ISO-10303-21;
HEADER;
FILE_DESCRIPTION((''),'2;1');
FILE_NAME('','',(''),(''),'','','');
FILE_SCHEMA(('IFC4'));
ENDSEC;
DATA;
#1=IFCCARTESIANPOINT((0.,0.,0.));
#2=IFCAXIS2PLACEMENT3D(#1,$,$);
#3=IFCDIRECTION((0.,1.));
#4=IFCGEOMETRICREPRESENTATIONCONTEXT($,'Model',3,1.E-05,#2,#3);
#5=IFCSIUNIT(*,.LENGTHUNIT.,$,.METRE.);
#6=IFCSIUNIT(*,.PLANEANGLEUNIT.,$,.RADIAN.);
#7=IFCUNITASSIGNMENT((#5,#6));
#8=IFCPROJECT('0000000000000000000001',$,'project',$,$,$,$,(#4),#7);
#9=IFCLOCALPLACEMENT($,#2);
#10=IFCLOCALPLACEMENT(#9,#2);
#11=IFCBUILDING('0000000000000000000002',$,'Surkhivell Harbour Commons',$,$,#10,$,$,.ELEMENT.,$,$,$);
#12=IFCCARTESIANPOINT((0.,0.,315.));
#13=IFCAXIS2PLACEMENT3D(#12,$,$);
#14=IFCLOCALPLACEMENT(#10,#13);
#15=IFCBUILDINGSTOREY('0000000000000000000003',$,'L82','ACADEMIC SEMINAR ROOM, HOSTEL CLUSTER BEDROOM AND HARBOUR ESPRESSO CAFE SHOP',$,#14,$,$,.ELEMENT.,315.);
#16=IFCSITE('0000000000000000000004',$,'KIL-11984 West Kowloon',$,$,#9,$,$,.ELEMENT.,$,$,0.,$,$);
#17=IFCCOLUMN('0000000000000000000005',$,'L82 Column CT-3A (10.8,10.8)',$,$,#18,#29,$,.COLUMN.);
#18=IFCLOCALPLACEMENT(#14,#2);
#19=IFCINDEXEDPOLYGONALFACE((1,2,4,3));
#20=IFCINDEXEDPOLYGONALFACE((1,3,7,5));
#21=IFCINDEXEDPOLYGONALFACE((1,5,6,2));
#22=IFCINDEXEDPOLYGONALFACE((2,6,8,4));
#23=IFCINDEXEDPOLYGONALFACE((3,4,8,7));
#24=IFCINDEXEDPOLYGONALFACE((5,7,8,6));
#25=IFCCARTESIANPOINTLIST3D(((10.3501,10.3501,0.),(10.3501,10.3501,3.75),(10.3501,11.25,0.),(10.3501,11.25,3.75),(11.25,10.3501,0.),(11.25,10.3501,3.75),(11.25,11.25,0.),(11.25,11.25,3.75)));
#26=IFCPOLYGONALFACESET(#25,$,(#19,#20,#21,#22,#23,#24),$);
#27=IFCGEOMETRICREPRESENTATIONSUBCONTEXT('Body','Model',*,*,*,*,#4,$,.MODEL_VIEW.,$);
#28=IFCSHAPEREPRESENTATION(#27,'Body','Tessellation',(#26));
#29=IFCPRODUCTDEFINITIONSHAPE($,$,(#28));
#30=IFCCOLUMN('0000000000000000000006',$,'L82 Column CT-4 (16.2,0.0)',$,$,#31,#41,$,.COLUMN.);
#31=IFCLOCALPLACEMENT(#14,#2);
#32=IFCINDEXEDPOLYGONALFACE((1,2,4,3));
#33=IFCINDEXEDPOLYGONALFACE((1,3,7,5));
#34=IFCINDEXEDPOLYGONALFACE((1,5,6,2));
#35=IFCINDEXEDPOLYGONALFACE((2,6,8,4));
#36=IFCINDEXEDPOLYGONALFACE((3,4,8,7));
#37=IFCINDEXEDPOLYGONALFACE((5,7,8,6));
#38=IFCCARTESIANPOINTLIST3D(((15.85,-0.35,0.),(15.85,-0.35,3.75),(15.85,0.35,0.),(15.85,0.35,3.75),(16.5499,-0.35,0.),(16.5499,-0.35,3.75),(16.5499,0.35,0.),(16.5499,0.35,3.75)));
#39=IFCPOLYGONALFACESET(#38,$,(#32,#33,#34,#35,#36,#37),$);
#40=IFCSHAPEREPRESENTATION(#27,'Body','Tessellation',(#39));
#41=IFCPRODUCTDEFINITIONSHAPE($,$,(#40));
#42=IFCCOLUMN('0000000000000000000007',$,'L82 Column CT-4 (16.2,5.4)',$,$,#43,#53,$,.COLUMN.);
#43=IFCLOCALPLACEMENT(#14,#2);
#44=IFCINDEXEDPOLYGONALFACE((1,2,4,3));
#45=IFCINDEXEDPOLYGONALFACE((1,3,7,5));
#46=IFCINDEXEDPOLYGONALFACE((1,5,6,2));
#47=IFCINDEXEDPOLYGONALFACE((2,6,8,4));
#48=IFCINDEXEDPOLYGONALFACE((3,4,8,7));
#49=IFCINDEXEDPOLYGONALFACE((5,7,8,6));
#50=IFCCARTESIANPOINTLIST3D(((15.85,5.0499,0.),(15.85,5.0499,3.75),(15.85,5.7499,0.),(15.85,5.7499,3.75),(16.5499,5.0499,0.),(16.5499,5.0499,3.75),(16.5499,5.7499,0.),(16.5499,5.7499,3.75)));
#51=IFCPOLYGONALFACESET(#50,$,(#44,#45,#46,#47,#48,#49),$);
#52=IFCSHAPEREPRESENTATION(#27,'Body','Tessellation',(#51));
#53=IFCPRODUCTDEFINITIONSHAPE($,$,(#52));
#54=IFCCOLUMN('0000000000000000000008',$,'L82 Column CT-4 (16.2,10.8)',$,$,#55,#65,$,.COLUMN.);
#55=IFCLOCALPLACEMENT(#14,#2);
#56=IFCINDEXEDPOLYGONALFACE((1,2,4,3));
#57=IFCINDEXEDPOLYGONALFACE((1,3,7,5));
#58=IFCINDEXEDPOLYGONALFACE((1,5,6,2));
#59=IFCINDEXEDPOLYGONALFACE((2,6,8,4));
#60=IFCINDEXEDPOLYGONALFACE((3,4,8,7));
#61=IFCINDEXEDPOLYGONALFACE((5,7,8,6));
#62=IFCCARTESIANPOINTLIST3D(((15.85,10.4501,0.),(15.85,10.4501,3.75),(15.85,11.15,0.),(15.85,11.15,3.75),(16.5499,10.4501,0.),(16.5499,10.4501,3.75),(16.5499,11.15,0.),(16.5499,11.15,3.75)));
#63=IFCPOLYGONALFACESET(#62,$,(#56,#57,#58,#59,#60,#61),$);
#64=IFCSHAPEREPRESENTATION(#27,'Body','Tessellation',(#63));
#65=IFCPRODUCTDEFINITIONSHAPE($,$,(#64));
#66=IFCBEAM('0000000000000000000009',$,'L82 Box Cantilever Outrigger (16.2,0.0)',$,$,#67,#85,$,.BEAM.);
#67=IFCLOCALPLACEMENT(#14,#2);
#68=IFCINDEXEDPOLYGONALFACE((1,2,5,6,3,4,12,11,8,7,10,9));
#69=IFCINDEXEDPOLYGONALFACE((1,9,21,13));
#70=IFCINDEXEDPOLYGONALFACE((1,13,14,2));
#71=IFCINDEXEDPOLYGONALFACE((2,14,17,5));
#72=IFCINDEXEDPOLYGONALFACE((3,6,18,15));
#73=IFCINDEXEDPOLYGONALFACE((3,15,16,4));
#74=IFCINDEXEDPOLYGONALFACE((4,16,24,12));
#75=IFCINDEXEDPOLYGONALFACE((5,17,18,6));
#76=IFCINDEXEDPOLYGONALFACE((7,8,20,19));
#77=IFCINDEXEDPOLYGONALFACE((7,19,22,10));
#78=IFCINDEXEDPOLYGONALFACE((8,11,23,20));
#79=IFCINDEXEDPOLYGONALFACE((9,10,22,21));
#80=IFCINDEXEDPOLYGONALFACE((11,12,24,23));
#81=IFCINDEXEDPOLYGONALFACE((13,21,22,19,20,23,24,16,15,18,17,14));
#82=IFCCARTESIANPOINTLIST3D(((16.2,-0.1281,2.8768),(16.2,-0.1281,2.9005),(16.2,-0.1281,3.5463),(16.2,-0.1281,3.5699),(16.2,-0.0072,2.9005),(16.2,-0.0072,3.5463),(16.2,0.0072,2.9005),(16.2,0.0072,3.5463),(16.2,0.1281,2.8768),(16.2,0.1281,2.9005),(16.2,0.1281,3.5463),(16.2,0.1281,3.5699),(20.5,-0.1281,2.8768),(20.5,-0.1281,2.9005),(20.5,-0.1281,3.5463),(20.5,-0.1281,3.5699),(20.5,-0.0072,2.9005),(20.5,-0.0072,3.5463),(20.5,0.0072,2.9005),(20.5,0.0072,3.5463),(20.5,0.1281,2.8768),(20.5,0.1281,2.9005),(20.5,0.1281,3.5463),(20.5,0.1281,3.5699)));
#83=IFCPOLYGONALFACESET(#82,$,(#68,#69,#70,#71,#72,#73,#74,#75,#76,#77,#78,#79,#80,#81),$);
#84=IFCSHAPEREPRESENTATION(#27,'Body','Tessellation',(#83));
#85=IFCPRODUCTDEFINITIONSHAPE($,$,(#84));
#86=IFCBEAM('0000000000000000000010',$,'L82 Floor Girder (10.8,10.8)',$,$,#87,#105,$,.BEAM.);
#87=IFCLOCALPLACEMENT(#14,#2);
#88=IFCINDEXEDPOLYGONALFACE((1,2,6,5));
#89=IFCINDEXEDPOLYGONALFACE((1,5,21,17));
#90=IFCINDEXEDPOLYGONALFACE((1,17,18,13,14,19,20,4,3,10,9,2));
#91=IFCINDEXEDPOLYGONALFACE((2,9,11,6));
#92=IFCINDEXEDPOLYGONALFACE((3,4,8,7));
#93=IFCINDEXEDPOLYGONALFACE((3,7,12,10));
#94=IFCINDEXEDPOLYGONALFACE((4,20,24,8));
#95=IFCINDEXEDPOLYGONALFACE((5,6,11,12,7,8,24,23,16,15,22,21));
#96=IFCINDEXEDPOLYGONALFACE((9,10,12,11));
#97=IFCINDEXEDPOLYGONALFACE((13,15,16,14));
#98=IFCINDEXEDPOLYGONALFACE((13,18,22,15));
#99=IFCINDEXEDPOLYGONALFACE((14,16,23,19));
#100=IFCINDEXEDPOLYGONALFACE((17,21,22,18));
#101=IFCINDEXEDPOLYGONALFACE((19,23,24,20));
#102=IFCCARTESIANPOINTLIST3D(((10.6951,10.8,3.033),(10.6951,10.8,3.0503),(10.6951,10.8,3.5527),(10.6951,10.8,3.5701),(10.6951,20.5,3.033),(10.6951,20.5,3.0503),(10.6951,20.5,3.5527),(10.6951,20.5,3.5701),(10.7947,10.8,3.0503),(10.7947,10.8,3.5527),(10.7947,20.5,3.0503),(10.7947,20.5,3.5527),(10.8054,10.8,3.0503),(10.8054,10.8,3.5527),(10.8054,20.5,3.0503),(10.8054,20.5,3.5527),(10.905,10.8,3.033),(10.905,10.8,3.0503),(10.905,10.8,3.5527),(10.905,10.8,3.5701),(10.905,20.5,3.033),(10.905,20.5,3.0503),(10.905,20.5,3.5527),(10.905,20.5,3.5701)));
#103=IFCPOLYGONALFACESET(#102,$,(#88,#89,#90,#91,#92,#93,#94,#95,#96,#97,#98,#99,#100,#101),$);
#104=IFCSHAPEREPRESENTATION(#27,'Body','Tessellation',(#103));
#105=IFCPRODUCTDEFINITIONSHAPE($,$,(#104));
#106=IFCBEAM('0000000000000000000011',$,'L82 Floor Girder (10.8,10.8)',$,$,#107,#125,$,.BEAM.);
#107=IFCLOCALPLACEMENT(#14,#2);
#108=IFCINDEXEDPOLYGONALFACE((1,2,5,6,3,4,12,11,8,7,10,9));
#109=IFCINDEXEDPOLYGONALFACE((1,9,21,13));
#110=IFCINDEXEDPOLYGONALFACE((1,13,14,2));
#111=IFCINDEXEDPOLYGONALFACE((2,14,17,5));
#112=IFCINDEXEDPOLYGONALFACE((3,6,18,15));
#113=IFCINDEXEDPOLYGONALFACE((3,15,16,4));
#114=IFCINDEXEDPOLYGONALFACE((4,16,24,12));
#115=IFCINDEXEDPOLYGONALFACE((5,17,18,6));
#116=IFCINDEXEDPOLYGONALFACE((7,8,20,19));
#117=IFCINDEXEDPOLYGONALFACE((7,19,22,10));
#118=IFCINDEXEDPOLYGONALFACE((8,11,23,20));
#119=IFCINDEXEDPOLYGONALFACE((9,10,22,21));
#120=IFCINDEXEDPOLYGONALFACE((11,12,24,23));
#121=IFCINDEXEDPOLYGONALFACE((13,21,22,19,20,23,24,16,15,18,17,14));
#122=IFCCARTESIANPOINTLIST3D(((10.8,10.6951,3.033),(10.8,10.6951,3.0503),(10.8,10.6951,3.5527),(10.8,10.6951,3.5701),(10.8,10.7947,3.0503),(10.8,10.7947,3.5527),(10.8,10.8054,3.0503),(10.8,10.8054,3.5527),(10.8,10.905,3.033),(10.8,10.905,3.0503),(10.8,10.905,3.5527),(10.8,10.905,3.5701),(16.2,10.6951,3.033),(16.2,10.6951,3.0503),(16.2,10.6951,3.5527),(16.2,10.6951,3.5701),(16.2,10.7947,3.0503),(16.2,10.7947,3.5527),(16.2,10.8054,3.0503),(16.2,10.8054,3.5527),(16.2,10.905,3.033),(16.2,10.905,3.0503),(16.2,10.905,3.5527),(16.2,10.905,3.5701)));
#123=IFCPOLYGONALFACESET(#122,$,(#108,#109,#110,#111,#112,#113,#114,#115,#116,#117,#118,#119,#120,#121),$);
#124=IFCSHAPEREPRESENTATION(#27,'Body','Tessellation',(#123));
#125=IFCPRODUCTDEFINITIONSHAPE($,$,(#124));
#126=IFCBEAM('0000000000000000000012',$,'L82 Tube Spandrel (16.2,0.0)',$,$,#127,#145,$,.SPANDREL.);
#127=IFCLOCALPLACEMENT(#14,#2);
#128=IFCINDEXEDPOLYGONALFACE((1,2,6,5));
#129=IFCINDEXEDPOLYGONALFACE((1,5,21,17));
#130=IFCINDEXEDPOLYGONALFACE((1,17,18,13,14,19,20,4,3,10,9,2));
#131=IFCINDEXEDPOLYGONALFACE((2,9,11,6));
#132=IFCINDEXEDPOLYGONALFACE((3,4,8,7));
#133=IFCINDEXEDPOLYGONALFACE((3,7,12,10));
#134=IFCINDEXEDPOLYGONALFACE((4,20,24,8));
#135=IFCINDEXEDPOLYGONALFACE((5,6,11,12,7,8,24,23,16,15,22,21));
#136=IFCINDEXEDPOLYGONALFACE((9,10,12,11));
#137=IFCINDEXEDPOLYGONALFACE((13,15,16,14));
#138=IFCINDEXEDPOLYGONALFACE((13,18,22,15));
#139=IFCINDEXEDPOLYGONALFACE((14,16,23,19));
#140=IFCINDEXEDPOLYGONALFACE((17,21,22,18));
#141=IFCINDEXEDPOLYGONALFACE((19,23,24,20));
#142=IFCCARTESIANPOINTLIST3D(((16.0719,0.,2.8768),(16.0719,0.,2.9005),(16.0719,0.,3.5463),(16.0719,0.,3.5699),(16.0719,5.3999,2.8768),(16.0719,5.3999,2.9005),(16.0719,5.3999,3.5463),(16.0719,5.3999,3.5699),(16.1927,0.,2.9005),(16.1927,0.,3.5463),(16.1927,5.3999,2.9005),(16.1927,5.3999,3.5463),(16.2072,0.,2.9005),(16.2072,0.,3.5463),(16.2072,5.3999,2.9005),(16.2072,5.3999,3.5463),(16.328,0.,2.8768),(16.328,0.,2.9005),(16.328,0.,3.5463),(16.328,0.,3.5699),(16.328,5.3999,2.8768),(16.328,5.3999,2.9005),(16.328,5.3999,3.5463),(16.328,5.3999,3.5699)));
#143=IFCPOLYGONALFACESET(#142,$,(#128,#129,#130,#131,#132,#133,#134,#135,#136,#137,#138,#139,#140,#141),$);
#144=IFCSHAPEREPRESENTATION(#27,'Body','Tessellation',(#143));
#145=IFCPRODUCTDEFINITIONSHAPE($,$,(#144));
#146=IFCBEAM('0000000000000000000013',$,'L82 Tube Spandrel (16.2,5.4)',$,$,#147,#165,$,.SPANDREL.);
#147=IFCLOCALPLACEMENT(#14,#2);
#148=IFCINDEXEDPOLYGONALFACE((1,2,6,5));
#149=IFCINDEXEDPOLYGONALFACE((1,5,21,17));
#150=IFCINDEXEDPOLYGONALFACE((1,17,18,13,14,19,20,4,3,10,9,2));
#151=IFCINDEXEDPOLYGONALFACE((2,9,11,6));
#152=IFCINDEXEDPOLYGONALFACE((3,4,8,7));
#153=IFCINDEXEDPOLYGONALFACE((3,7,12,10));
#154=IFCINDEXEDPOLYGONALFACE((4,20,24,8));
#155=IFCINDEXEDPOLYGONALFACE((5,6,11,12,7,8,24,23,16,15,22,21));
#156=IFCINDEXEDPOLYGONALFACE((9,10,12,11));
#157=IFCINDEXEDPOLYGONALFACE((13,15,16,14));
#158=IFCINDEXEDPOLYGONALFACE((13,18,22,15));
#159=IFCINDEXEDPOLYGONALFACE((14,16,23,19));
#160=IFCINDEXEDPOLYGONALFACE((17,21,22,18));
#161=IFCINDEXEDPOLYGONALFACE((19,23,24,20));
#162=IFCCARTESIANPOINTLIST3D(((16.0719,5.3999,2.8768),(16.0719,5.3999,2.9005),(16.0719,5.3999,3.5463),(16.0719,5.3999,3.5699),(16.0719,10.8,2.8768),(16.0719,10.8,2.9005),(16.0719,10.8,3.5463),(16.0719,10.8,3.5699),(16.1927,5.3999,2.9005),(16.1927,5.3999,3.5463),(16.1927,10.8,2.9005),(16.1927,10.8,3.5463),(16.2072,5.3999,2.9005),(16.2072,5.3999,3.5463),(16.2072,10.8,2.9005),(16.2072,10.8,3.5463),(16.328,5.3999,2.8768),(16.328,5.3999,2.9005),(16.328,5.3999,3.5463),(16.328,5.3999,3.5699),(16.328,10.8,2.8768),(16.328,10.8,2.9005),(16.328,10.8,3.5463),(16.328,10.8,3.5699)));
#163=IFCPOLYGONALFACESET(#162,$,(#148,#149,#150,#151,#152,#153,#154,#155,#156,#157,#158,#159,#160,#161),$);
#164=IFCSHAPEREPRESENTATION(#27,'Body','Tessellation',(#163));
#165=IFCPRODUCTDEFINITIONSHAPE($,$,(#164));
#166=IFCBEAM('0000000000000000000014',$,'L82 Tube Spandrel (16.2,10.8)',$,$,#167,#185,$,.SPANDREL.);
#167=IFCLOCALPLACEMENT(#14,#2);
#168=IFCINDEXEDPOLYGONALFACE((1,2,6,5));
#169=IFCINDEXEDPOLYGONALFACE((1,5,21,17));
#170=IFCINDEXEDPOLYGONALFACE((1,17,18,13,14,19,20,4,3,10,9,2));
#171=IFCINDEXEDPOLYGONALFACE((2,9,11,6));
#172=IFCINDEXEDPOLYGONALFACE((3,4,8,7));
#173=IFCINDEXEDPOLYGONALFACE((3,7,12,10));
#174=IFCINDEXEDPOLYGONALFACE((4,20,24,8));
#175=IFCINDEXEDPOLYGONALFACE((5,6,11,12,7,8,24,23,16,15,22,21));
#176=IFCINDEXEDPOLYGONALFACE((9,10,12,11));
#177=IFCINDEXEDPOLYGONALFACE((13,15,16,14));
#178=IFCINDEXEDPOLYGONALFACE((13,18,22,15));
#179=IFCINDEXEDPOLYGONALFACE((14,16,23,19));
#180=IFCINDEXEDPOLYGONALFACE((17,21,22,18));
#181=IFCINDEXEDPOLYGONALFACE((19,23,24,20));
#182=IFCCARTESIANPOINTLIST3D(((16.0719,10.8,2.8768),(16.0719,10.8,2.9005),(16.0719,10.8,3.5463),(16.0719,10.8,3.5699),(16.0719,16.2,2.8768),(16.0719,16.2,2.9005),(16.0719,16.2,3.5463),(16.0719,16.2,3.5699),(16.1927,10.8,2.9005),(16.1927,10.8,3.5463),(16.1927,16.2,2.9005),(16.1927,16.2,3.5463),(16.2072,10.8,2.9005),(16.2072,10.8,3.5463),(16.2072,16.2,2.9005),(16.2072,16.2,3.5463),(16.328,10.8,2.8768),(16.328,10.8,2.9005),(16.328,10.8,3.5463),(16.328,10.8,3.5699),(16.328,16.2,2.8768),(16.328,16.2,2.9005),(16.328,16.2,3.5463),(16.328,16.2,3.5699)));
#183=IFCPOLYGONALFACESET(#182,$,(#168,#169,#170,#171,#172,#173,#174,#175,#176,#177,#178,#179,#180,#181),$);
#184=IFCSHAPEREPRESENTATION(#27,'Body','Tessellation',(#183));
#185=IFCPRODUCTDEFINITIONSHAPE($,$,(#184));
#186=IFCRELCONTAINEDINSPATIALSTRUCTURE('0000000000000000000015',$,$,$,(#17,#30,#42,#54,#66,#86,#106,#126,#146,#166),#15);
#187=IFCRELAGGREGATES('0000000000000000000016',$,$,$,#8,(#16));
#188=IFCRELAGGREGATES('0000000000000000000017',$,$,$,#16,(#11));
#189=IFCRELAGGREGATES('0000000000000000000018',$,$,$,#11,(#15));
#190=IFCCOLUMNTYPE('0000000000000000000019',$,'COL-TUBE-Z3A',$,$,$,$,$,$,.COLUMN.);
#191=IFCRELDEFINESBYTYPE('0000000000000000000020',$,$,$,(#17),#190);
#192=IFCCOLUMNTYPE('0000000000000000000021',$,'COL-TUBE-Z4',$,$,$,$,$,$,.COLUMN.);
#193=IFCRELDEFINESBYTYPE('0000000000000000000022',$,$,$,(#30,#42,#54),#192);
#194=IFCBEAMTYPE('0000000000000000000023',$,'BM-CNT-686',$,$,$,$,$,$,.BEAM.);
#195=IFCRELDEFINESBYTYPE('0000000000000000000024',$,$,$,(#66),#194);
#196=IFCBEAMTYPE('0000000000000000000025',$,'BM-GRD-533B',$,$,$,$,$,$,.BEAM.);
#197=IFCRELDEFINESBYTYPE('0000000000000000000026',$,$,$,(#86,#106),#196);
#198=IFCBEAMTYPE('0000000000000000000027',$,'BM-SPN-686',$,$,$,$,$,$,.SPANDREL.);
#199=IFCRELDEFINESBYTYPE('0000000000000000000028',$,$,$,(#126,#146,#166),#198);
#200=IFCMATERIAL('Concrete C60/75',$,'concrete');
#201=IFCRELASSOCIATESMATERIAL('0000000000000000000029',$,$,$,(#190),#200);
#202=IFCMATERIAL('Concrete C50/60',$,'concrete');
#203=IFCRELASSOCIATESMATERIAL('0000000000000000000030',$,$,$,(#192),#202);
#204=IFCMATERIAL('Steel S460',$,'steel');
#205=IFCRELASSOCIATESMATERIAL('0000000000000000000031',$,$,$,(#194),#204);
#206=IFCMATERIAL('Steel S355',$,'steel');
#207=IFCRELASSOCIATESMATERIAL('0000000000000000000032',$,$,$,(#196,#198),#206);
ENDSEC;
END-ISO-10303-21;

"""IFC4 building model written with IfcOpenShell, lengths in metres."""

from ifc_helpers import new_model, si_unit, direction, frame, origin, origin_2d, place, context, subcontext, project, spatial, rectangle, i_section, extrude, material, material_profile, profile_set, type_object, element, save


model = new_model("IFC4")

# Units and contexts
model_context = context("Model", 3, precision=1e-05, world=origin(), true_north=direction((0.0, 1.0)))
body_context = subcontext(model_context, "Body", "Model", "MODEL_VIEW")
ifc_project = project(units=[si_unit("LENGTHUNIT", "METRE"), si_unit("PLANEANGLEUNIT", "RADIAN")], contexts=[model_context])

# Site, building, storey
site_placement = place(None, origin())
site = spatial("IfcSite", under=ifc_project, at=site_placement, Name="KIL-11984 West Kowloon", CompositionType="ELEMENT", RefElevation=0.0)
building_placement = place(site_placement, origin())
building = spatial("IfcBuilding", under=site, at=building_placement, Name="Surkhivell Harbour Commons", CompositionType="ELEMENT")
storey_placement = place(building_placement, frame((0.0, 0.0, 315.0)))
storey = spatial("IfcBuildingStorey", under=building, at=storey_placement, Name="L82", Description="ACADEMIC SEMINAR ROOM, HOSTEL CLUSTER BEDROOM AND HARBOUR ESPRESSO CAFE SHOP", CompositionType="ELEMENT", Elevation=315.0)

# Columns
ifc_material_1 = material(Name="Concrete C60/75", Category="concrete")
ifc_material_profile_1 = material_profile(ifc_material_1, rectangle(XDim=0.8999, YDim=0.8999, at=origin_2d()), Name="RC-COL-900x900")
ifc_profile_set_1 = profile_set([ifc_material_profile_1], Name="Concrete C60/75")
column_type_1 = type_object("IfcColumnType", Name="COL-TUBE-Z3A", PredefinedType="COLUMN", material=ifc_profile_set_1)
column_placement = place(storey_placement, frame((10.8, 10.8, 0.0), z_axis=(0.0, 0.0, 1.0), x_axis=(1.0, 0.0, 0.0)))
element("IfcColumn", 1, at=column_placement, inside=storey, type_object=column_type_1, Name="L82 Column CT-3A (10.8,10.8)", PredefinedType="COLUMN", context=body_context, shape_type="SweptSolid", body=[
    extrude(rectangle(XDim=0.8999, YDim=0.8999, at=origin_2d()), origin(), (0.0, 0.0, 1.0), 3.75),
])
ifc_material_2 = material(Name="Concrete C50/60", Category="concrete")
ifc_material_profile_2 = material_profile(ifc_material_2, rectangle(XDim=0.7, YDim=0.7, at=origin_2d()), Name="RC-COL-700x700")
ifc_profile_set_2 = profile_set([ifc_material_profile_2], Name="Concrete C50/60")
column_type_2 = type_object("IfcColumnType", Name="COL-TUBE-Z4", PredefinedType="COLUMN", material=ifc_profile_set_2)
for number, where, z_axis, x_axis, name in (
    (2, (16.2, 0.0, 0.0), (0.0, 0.0, 1.0), (1.0, 0.0, 0.0), "L82 Column CT-4 (16.2,0.0)"),
    (3, (16.2, 5.3999, 0.0), (0.0, 0.0, 1.0), (1.0, 0.0, 0.0), "L82 Column CT-4 (16.2,5.4)"),
    (4, (16.2, 10.8, 0.0), (0.0, 0.0, 1.0), (1.0, 0.0, 0.0), "L82 Column CT-4 (16.2,10.8)"),
):
    element("IfcColumn", number, at=place(storey_placement, frame(where, z_axis=z_axis, x_axis=x_axis)), inside=storey, type_object=column_type_2, Name=name, PredefinedType="COLUMN", context=body_context, shape_type="SweptSolid", body=[
        extrude(rectangle(XDim=0.7, YDim=0.7, at=origin_2d()), origin(), (0.0, 0.0, 1.0), 3.75),
    ])

# Beams
ifc_material_3 = material(Name="Steel S460", Category="steel")
ifc_material_profile_3 = material_profile(ifc_material_3, i_section(OverallWidth=0.2561, OverallDepth=0.6931, WebThickness=0.0144, FlangeThickness=0.0237, at=origin_2d()), Name="UB686x254x170")
ifc_profile_set_3 = profile_set([ifc_material_profile_3], Name="Steel S460")
beam_type_1 = type_object("IfcBeamType", Name="BM-CNT-686", PredefinedType="BEAM", material=ifc_profile_set_3)
beam_1_placement = place(storey_placement, frame((16.2, 0.0, 3.2234), z_axis=(1.0, 0.0, 0.0), x_axis=(0.0, 1.0, 0.0)))
element("IfcBeam", 5, at=beam_1_placement, inside=storey, type_object=beam_type_1, Name="L82 Box Cantilever Outrigger (16.2,0.0)", PredefinedType="BEAM", context=body_context, shape_type="SweptSolid", body=[
    extrude(i_section(OverallWidth=0.2561, OverallDepth=0.6931, WebThickness=0.0144, FlangeThickness=0.0237, at=origin_2d()), origin(), (0.0, 0.0, 1.0), 4.3),
])
ifc_material_4 = material(Name="Steel S355", Category="steel")
ifc_material_profile_4 = material_profile(ifc_material_4, i_section(OverallWidth=0.21, OverallDepth=0.5371, WebThickness=0.0107, FlangeThickness=0.0173, at=origin_2d()), Name="UB533x210x101")
ifc_profile_set_4 = profile_set([ifc_material_profile_4], Name="Steel S355")
beam_type_2 = type_object("IfcBeamType", Name="BM-GRD-533B", PredefinedType="BEAM", material=ifc_profile_set_4)
beam_2_placement = place(storey_placement, frame((10.8, 10.8, 3.3015), z_axis=(0.0, 1.0, 0.0), x_axis=(-1.0, 0.0, 0.0)))
element("IfcBeam", 6, at=beam_2_placement, inside=storey, type_object=beam_type_2, Name="L82 Floor Girder (10.8,10.8)", PredefinedType="BEAM", context=body_context, shape_type="SweptSolid", body=[
    extrude(i_section(OverallWidth=0.21, OverallDepth=0.5371, WebThickness=0.0107, FlangeThickness=0.0173, at=origin_2d()), origin(), (0.0, 0.0, 1.0), 9.7),
])
beam_3_placement = place(storey_placement, frame((10.8, 10.8, 3.3015), z_axis=(1.0, 0.0, 0.0), x_axis=(0.0, 1.0, 0.0)))
element("IfcBeam", 7, at=beam_3_placement, inside=storey, type_object=beam_type_2, Name="L82 Floor Girder (10.8,10.8)", PredefinedType="BEAM", context=body_context, shape_type="SweptSolid", body=[
    extrude(i_section(OverallWidth=0.21, OverallDepth=0.5371, WebThickness=0.0107, FlangeThickness=0.0173, at=origin_2d()), origin(), (0.0, 0.0, 1.0), 5.3999),
])
ifc_material_profile_5 = material_profile(ifc_material_4, i_section(OverallWidth=0.2561, OverallDepth=0.6931, WebThickness=0.0144, FlangeThickness=0.0237, at=origin_2d()), Name="UB686x254x170")
ifc_profile_set_5 = profile_set([ifc_material_profile_5], Name="Steel S355")
beam_type_3 = type_object("IfcBeamType", Name="BM-SPN-686", PredefinedType="SPANDREL", material=ifc_profile_set_5)
beam_4_placement = place(storey_placement, frame((16.2, 0.0, 3.2234), z_axis=(0.0, 1.0, 0.0), x_axis=(-1.0, 0.0, 0.0)))
element("IfcBeam", 8, at=beam_4_placement, inside=storey, type_object=beam_type_3, Name="L82 Tube Spandrel (16.2,0.0)", PredefinedType="SPANDREL", context=body_context, shape_type="SweptSolid", body=[
    extrude(i_section(OverallWidth=0.2561, OverallDepth=0.6931, WebThickness=0.0144, FlangeThickness=0.0237, at=origin_2d()), origin(), (0.0, 0.0, 1.0), 5.3999),
])
beam_5_placement = place(storey_placement, frame((16.2, 5.3999, 3.2234), z_axis=(0.0, 1.0, 0.0), x_axis=(-1.0, 0.0, 0.0)))
element("IfcBeam", 9, at=beam_5_placement, inside=storey, type_object=beam_type_3, Name="L82 Tube Spandrel (16.2,5.4)", PredefinedType="SPANDREL", context=body_context, shape_type="SweptSolid", body=[
    extrude(i_section(OverallWidth=0.2561, OverallDepth=0.6931, WebThickness=0.0144, FlangeThickness=0.0237, at=origin_2d()), origin(), (0.0, 0.0, 1.0), 5.4001),
])
beam_6_placement = place(storey_placement, frame((16.2, 10.8, 3.2234), z_axis=(0.0, 1.0, 0.0), x_axis=(-1.0, 0.0, 0.0)))
element("IfcBeam", 10, at=beam_6_placement, inside=storey, type_object=beam_type_3, Name="L82 Tube Spandrel (16.2,10.8)", PredefinedType="SPANDREL", context=body_context, shape_type="SweptSolid", body=[
    extrude(i_section(OverallWidth=0.2561, OverallDepth=0.6931, WebThickness=0.0144, FlangeThickness=0.0237, at=origin_2d()), origin(), (0.0, 0.0, 1.0), 5.3999),
])

save(model, "model.ifc")
